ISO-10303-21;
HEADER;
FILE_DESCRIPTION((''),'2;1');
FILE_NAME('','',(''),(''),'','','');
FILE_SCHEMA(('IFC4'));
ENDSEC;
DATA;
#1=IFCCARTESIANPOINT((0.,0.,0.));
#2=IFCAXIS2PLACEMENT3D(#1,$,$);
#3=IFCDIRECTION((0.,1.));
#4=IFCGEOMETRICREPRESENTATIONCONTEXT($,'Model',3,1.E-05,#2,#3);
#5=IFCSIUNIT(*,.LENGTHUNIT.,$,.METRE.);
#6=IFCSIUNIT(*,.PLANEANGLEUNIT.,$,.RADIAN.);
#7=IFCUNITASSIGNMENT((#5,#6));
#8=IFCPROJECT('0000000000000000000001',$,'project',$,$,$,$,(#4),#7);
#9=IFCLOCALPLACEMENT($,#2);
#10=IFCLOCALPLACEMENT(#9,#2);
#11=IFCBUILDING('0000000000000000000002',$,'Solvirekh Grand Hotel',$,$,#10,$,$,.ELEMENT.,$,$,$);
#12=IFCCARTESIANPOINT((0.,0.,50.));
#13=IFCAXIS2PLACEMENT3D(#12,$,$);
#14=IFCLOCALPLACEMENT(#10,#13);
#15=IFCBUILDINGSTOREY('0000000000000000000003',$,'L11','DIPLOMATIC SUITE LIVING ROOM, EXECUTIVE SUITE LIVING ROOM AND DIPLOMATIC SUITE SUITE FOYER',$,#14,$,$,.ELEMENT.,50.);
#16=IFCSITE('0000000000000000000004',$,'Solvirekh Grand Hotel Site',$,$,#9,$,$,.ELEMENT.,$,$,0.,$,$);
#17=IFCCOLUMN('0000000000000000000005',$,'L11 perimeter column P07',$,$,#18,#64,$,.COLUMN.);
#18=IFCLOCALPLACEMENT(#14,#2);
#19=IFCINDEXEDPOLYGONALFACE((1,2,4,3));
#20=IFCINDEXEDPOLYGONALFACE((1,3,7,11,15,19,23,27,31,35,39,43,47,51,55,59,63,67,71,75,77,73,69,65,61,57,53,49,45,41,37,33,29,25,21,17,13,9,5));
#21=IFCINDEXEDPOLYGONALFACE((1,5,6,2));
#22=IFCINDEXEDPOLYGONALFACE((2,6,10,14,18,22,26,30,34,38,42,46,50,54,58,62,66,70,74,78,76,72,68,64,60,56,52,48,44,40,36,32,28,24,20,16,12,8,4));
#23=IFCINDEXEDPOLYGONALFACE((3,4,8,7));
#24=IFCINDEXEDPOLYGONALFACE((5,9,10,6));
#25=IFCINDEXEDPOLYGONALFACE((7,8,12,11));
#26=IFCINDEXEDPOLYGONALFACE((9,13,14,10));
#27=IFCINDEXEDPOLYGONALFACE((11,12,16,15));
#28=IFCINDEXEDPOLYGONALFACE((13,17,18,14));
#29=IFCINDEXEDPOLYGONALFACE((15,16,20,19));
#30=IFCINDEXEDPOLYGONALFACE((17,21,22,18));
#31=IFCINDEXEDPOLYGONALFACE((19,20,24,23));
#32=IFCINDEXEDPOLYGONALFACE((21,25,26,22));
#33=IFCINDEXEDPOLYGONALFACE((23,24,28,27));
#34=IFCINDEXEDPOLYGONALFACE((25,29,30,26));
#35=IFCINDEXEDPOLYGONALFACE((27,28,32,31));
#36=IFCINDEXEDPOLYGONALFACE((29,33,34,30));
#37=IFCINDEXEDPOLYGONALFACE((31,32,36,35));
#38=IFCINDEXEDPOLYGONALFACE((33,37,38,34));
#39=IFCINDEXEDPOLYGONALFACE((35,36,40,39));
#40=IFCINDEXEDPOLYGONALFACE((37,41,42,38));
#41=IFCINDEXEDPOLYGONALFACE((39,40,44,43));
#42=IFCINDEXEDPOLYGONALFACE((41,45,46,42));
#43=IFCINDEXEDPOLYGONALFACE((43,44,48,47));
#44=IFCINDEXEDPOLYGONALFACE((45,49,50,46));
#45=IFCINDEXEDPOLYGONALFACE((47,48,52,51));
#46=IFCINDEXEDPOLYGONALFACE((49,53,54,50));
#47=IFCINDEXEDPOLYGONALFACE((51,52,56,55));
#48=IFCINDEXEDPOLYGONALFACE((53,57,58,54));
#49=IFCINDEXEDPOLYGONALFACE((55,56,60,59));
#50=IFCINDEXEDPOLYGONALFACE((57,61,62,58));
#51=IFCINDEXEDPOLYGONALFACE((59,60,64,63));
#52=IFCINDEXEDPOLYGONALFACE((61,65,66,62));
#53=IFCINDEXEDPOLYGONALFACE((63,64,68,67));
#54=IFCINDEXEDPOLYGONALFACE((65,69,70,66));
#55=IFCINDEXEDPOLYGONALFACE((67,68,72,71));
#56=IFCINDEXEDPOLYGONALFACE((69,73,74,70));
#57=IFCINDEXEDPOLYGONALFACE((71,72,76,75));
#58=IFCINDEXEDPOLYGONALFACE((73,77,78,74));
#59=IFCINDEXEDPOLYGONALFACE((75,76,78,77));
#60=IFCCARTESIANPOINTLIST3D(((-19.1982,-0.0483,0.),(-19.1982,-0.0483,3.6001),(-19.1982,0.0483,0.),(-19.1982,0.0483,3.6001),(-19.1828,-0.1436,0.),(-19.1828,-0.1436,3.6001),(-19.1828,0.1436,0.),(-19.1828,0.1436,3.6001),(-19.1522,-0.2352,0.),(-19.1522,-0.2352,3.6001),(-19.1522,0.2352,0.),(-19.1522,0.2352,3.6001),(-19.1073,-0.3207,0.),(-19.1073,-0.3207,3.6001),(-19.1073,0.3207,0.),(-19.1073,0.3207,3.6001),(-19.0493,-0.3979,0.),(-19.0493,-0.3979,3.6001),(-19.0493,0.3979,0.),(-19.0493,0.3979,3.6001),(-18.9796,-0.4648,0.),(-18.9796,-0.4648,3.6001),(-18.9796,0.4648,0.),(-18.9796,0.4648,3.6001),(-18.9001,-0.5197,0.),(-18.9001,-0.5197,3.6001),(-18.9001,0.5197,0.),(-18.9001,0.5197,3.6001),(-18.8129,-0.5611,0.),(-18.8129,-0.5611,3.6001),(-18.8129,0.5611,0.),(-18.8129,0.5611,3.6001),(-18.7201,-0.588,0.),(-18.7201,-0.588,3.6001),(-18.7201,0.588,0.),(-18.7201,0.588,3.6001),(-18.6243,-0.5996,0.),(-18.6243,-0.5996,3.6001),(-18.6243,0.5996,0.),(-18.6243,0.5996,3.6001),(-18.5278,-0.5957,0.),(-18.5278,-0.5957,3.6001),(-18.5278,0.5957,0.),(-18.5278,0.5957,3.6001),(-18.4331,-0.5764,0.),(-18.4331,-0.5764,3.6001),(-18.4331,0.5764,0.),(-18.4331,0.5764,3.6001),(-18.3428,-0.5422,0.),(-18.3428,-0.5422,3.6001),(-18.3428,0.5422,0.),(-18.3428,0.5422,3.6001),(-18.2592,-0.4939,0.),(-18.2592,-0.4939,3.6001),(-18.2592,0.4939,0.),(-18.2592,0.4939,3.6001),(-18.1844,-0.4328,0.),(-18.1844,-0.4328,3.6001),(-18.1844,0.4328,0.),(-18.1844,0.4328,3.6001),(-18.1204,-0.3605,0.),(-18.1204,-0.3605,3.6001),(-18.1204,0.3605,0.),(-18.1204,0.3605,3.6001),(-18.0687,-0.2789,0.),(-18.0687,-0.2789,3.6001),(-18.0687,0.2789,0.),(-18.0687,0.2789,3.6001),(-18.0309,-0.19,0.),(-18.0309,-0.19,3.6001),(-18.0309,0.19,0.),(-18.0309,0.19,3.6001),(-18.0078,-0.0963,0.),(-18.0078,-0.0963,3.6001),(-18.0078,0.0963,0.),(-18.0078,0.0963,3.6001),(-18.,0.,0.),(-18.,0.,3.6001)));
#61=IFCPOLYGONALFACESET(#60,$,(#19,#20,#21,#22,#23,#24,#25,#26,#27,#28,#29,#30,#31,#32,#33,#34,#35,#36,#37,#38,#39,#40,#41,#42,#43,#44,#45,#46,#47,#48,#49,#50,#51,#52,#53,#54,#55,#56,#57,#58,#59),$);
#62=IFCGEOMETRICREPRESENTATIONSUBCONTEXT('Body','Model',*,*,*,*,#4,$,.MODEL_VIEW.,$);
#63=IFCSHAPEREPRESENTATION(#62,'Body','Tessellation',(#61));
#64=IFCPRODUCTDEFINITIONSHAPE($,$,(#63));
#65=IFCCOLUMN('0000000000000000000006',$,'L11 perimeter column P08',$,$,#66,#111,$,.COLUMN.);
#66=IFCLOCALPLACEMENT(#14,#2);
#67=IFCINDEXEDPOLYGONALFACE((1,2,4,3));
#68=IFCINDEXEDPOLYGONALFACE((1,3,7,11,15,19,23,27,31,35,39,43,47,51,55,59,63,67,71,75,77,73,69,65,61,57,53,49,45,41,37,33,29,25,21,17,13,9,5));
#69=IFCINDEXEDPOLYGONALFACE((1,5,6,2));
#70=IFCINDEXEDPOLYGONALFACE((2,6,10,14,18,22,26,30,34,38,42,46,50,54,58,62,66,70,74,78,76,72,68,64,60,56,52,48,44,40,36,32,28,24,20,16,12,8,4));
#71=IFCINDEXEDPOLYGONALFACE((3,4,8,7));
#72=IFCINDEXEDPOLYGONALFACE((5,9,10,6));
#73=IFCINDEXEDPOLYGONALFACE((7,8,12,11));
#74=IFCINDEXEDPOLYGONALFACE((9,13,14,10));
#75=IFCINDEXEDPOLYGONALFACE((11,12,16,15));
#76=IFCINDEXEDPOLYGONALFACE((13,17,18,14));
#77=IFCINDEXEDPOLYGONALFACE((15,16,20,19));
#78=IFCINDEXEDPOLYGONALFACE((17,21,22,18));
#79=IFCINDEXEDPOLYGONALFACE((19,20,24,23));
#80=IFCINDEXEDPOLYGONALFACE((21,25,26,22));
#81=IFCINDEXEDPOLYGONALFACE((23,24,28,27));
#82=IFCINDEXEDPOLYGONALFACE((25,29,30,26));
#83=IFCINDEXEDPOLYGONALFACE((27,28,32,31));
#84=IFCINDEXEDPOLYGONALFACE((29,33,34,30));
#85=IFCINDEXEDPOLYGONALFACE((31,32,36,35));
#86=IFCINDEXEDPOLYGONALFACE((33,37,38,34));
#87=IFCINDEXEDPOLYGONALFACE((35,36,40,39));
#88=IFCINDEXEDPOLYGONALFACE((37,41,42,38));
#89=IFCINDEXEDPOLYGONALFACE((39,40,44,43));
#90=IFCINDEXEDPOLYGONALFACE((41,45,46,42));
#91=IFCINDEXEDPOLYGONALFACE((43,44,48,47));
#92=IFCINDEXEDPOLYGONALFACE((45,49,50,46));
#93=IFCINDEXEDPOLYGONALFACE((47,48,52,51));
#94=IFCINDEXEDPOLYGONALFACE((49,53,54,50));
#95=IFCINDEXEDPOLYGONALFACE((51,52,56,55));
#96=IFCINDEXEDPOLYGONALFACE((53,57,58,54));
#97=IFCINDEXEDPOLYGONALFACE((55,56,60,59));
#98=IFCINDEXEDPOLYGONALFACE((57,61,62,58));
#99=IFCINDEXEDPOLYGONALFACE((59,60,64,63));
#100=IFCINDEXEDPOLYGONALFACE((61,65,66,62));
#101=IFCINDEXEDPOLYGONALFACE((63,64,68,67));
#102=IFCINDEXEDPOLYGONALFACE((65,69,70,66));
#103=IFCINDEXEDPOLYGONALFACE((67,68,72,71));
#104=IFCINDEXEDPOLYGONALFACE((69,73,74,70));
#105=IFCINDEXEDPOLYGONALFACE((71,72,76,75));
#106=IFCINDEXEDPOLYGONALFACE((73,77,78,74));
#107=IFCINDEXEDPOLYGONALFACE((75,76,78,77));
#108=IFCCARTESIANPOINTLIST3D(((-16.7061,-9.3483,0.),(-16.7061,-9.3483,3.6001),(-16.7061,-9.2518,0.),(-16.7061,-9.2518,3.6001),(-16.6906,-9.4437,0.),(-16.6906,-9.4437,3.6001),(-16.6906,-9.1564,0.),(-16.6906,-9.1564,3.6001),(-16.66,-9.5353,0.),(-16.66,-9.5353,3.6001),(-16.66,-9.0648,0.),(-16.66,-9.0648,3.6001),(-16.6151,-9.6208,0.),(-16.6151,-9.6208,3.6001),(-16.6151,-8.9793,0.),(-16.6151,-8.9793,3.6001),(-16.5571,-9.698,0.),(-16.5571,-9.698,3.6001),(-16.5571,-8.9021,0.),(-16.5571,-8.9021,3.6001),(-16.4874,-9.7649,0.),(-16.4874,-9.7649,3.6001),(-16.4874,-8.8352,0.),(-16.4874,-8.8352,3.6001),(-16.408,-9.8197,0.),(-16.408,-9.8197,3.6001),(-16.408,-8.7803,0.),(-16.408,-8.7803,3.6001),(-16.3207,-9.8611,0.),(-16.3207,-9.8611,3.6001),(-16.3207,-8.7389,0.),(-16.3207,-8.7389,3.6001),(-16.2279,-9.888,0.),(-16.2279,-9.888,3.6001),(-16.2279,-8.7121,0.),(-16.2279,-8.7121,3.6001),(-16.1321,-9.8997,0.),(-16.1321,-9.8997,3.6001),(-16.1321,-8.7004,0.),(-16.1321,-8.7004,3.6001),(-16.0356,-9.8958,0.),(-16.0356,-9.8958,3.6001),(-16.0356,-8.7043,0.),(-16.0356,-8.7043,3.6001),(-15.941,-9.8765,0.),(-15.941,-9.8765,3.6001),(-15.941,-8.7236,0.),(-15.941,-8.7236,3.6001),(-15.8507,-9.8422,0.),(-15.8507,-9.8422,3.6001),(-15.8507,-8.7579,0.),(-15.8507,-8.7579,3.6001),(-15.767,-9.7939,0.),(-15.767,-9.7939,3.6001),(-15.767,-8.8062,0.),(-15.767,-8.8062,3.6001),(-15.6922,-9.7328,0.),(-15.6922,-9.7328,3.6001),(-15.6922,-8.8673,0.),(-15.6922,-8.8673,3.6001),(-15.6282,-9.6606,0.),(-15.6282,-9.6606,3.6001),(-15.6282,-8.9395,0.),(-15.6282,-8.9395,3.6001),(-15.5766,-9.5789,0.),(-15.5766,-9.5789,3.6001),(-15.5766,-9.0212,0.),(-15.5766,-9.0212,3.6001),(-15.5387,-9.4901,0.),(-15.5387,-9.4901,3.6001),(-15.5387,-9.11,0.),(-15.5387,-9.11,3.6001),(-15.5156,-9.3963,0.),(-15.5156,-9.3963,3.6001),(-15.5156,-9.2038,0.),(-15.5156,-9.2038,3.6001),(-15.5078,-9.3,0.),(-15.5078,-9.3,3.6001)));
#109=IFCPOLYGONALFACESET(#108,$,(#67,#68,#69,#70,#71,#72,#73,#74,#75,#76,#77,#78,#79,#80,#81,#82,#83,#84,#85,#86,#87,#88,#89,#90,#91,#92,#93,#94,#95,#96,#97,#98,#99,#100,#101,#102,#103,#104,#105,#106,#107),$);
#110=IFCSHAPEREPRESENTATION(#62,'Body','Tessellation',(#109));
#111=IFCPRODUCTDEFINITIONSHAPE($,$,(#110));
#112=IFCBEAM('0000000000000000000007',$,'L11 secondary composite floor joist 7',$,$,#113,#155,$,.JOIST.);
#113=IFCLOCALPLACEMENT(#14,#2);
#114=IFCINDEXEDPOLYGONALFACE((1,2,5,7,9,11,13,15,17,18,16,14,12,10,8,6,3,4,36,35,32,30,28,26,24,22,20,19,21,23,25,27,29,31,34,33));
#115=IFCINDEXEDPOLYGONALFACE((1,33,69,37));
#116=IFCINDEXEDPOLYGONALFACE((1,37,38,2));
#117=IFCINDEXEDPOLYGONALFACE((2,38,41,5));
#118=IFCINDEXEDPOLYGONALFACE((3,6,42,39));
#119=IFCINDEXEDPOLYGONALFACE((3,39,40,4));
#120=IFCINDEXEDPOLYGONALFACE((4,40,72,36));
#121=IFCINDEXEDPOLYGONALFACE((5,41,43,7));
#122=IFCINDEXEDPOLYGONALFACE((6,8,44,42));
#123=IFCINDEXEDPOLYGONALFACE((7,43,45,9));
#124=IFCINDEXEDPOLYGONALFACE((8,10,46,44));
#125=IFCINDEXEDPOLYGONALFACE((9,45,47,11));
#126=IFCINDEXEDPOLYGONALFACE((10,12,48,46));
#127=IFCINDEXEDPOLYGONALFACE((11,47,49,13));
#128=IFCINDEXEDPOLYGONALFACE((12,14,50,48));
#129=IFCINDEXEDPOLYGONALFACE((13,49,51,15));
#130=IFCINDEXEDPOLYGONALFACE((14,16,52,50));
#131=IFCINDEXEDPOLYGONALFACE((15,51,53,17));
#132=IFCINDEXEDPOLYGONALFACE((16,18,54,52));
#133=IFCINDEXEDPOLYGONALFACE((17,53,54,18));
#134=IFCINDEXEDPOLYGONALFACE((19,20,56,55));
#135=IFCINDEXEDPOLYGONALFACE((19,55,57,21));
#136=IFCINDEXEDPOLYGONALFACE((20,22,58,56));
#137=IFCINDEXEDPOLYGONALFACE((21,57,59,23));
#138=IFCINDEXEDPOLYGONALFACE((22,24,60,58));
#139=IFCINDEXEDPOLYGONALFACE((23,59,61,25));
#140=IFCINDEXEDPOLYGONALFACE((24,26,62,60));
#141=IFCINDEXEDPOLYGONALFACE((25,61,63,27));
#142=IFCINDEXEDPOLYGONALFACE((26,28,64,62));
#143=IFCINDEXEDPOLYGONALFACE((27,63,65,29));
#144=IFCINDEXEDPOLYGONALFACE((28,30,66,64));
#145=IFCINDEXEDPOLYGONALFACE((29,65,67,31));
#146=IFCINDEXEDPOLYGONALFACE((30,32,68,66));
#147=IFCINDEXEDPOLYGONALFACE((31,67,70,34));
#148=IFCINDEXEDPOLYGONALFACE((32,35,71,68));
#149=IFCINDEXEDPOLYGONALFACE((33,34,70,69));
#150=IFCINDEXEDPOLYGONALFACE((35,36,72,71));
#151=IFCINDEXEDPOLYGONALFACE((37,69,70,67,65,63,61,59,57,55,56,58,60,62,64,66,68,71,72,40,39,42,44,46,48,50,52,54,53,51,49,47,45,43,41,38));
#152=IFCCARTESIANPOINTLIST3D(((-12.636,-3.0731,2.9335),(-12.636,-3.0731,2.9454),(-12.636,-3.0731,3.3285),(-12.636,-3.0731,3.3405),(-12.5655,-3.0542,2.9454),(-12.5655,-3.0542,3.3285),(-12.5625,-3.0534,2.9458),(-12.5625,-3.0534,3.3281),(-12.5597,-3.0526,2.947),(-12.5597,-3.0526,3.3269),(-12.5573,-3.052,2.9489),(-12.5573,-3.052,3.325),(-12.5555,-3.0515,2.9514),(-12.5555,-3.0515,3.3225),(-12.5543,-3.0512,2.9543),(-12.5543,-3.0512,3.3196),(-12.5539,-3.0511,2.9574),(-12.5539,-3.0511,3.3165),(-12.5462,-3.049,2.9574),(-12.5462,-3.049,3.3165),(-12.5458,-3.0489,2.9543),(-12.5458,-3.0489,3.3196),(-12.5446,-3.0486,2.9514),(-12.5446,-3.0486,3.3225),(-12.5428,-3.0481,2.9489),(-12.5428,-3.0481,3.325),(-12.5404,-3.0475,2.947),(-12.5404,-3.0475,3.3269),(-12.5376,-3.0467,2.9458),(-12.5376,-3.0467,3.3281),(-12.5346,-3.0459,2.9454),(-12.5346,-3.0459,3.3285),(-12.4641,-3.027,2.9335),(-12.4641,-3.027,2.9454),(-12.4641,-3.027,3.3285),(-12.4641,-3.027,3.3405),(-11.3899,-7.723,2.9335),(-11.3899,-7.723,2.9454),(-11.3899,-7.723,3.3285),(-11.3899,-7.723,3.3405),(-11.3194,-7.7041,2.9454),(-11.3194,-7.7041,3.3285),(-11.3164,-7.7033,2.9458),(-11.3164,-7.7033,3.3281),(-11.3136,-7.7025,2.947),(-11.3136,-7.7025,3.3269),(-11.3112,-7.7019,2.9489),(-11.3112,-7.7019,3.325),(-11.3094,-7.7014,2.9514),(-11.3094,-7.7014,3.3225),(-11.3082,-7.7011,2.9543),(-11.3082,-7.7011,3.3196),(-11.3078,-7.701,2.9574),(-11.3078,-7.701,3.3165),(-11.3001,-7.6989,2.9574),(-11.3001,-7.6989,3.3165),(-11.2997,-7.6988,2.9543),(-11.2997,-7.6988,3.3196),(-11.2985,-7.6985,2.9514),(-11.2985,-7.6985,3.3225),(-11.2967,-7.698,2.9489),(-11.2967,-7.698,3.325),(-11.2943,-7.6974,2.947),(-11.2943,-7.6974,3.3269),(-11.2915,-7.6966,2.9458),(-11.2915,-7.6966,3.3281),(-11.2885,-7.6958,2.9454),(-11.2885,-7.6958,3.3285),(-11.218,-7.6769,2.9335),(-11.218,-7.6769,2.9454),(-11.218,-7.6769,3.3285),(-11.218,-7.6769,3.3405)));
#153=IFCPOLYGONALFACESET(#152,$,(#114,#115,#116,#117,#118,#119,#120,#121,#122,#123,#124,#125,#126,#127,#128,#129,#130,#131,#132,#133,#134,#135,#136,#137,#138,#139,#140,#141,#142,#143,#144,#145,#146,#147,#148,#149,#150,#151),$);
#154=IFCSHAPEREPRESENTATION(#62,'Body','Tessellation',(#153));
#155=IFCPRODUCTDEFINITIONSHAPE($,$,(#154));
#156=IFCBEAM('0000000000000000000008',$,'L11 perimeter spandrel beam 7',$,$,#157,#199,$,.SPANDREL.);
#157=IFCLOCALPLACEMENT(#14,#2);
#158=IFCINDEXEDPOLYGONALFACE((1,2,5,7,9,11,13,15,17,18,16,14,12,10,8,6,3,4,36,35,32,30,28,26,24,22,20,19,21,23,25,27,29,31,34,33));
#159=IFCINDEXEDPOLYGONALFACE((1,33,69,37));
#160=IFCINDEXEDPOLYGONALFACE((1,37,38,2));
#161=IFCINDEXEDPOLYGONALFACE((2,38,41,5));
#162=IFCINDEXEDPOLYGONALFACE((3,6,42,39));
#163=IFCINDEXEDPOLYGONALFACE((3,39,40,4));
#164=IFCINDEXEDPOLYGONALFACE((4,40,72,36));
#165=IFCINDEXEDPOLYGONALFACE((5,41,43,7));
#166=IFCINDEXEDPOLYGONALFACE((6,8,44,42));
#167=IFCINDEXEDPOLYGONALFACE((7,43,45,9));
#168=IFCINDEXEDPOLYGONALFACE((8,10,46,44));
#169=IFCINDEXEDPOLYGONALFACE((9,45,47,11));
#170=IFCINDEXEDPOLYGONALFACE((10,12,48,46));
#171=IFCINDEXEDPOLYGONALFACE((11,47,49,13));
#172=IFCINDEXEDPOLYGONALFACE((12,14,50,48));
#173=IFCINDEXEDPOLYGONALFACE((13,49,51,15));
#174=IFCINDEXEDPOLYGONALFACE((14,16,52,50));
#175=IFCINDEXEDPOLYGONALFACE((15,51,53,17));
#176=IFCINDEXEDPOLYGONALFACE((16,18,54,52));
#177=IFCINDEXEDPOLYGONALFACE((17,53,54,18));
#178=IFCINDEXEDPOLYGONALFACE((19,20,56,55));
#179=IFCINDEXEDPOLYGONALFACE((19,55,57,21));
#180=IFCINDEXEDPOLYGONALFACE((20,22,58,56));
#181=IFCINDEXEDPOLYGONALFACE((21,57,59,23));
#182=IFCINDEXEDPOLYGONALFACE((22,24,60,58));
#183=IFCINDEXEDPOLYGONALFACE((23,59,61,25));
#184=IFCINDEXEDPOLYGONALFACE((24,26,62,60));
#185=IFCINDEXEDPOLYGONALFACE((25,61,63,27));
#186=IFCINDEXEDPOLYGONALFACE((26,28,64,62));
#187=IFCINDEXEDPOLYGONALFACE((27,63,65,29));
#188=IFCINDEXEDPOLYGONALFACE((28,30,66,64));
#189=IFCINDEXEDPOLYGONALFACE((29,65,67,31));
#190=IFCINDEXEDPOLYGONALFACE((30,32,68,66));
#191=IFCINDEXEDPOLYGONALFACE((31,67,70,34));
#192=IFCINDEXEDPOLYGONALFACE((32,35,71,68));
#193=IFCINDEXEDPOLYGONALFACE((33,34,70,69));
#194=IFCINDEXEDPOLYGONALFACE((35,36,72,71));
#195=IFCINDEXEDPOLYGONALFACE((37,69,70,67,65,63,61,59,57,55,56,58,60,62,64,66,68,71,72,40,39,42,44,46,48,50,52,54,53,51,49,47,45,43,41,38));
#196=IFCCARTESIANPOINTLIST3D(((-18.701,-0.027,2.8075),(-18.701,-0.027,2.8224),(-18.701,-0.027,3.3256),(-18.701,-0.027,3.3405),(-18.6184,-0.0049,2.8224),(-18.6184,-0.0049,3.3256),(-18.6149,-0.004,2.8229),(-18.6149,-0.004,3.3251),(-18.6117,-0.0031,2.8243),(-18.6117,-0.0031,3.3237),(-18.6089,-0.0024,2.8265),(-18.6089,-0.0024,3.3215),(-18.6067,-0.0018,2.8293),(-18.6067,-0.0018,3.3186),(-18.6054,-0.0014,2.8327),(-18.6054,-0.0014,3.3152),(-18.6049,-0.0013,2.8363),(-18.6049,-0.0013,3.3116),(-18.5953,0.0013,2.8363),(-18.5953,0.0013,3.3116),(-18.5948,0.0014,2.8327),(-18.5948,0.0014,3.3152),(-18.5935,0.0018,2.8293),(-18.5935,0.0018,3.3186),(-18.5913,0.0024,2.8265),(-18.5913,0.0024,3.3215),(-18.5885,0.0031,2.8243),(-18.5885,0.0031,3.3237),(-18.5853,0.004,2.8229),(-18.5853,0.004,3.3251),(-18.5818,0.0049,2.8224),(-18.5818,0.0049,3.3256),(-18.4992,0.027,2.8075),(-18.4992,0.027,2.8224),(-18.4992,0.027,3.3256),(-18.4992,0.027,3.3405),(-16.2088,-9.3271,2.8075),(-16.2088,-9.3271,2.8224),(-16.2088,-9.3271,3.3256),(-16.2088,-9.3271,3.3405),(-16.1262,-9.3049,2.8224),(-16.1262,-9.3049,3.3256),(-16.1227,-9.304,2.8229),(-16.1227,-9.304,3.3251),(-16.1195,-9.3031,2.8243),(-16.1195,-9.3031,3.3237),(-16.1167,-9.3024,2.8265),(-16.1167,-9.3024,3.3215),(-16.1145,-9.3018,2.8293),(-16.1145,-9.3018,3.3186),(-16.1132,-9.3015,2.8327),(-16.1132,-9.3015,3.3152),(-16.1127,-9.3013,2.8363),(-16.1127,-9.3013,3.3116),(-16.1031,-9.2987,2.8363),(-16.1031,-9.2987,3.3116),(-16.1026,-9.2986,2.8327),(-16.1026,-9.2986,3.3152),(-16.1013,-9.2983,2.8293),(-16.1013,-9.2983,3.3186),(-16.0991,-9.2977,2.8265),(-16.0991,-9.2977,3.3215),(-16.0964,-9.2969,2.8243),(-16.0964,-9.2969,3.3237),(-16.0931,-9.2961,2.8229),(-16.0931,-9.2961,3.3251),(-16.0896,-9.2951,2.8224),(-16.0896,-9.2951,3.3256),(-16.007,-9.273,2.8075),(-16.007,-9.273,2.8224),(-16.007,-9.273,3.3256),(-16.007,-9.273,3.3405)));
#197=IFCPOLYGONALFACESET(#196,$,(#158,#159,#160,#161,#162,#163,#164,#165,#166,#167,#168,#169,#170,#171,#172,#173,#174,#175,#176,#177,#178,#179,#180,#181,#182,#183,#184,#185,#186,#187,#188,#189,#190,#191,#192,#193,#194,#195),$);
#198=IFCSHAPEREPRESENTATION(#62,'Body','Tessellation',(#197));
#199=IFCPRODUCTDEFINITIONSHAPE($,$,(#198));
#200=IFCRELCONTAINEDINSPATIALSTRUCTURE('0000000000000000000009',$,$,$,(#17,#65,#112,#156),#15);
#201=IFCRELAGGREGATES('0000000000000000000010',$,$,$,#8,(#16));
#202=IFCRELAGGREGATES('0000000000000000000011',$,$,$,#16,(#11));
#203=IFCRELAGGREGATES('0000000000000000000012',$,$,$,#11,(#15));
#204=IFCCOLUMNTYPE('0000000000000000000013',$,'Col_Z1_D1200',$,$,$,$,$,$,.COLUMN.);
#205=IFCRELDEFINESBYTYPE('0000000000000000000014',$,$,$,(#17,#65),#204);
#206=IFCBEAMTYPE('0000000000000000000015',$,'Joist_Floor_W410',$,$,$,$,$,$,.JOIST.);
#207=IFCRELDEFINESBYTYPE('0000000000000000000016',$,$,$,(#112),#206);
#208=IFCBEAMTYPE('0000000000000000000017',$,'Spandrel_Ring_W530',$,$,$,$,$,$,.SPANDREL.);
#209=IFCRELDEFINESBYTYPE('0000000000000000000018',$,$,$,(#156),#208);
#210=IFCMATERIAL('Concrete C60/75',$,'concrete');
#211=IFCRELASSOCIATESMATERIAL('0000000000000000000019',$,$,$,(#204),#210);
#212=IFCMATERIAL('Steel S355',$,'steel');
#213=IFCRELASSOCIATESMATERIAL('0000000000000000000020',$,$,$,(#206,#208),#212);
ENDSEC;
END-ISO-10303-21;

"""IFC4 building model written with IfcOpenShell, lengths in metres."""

from ifc_helpers import new_model, si_unit, direction, frame, origin, origin_2d, place, context, subcontext, project, spatial, circle, i_section, extrude, material, material_profile, profile_set, type_object, element, save


model = new_model("IFC4")

# Units and contexts
model_context = context("Model", 3, precision=1e-05, world=origin(), true_north=direction((0.0, 1.0)))
body_context = subcontext(model_context, "Body", "Model", "MODEL_VIEW")
ifc_project = project(units=[si_unit("LENGTHUNIT", "METRE"), si_unit("PLANEANGLEUNIT", "RADIAN")], contexts=[model_context])

# Site, building, storey
site_placement = place(None, origin())
site = spatial("IfcSite", under=ifc_project, at=site_placement, Name="Solvirekh Grand Hotel Site", CompositionType="ELEMENT", RefElevation=0.0)
building_placement = place(site_placement, origin())
building = spatial("IfcBuilding", under=site, at=building_placement, Name="Solvirekh Grand Hotel", CompositionType="ELEMENT")
storey_placement = place(building_placement, frame((0.0, 0.0, 50.0)))
storey = spatial("IfcBuildingStorey", under=building, at=storey_placement, Name="L11", Description="DIPLOMATIC SUITE LIVING ROOM, EXECUTIVE SUITE LIVING ROOM AND DIPLOMATIC SUITE SUITE FOYER", CompositionType="ELEMENT", Elevation=50.0)

# Columns
ifc_material_1 = material(Name="Concrete C60/75", Category="concrete")
ifc_material_profile_1 = material_profile(ifc_material_1, circle(Radius=0.6001, at=origin_2d()), Name="RC CIRC D1200")
ifc_profile_set_1 = profile_set([ifc_material_profile_1], Name="Concrete C60/75")
column_type = type_object("IfcColumnType", Name="Col_Z1_D1200", PredefinedType="COLUMN", material=ifc_profile_set_1)
for number, where, z_axis, x_axis, name in (
    (1, (-18.6001, 0.0, 0.0), (0.0, 0.0, 1.0), (1.0, 0.0, 0.0), "L11 perimeter column P07"),
    (2, (-16.1079, -9.3, 0.0), (0.0, 0.0, 1.0), (1.0, 0.0, 0.0), "L11 perimeter column P08"),
):
    element("IfcColumn", number, at=place(storey_placement, frame(where, z_axis=z_axis, x_axis=x_axis)), inside=storey, type_object=column_type, Name=name, PredefinedType="COLUMN", context=body_context, shape_type="SweptSolid", body=[
        extrude(circle(Radius=0.6001, at=origin_2d()), origin(), (0.0, 0.0, 1.0), 3.6001),
    ])

# Beams
ifc_material_2 = material(Name="Steel S355", Category="steel")
ifc_material_profile_2 = material_profile(ifc_material_2, i_section(OverallWidth=0.178, OverallDepth=0.407, WebThickness=0.0081, FlangeThickness=0.012, FilletRadius=0.012, at=origin_2d()), Name="W410X60")
ifc_profile_set_2 = profile_set([ifc_material_profile_2], Name="Steel S355")
beam_type_1 = type_object("IfcBeamType", Name="Joist_Floor_W410", PredefinedType="JOIST", material=ifc_profile_set_2)
beam_1_placement = place(storey_placement, frame((-12.55, -3.05, 3.137), z_axis=(0.258849, -0.965918, 0.0), x_axis=(0.965918, 0.258849, 0.0)))
element("IfcBeam", 3, at=beam_1_placement, inside=storey, type_object=beam_type_1, Name="L11 secondary composite floor joist 7", PredefinedType="JOIST", context=body_context, shape_type="SweptSolid", body=[
    extrude(i_section(OverallWidth=0.178, OverallDepth=0.407, WebThickness=0.0081, FlangeThickness=0.012, FilletRadius=0.012, at=origin_2d()), origin(), (0.0, 0.0, 1.0), 4.814),
])
ifc_material_profile_3 = material_profile(ifc_material_2, i_section(OverallWidth=0.209, OverallDepth=0.533, WebThickness=0.01, FlangeThickness=0.0149, FilletRadius=0.0139, at=origin_2d()), Name="W530X92")
ifc_profile_set_3 = profile_set([ifc_material_profile_3], Name="Steel S355")
beam_type_2 = type_object("IfcBeamType", Name="Spandrel_Ring_W530", PredefinedType="SPANDREL", material=ifc_profile_set_3)
beam_2_placement = place(storey_placement, frame((-18.6001, 0.0, 3.074), z_axis=(0.258843, -0.965919, 0.0), x_axis=(0.965919, 0.258843, 0.0)))
element("IfcBeam", 4, at=beam_2_placement, inside=storey, type_object=beam_type_2, Name="L11 perimeter spandrel beam 7", PredefinedType="SPANDREL", context=body_context, shape_type="SweptSolid", body=[
    extrude(i_section(OverallWidth=0.209, OverallDepth=0.533, WebThickness=0.01, FlangeThickness=0.0149, FilletRadius=0.0139, at=origin_2d()), origin(), (0.0, 0.0, 1.0), 9.6282),
])

save(model, "model.ifc")
